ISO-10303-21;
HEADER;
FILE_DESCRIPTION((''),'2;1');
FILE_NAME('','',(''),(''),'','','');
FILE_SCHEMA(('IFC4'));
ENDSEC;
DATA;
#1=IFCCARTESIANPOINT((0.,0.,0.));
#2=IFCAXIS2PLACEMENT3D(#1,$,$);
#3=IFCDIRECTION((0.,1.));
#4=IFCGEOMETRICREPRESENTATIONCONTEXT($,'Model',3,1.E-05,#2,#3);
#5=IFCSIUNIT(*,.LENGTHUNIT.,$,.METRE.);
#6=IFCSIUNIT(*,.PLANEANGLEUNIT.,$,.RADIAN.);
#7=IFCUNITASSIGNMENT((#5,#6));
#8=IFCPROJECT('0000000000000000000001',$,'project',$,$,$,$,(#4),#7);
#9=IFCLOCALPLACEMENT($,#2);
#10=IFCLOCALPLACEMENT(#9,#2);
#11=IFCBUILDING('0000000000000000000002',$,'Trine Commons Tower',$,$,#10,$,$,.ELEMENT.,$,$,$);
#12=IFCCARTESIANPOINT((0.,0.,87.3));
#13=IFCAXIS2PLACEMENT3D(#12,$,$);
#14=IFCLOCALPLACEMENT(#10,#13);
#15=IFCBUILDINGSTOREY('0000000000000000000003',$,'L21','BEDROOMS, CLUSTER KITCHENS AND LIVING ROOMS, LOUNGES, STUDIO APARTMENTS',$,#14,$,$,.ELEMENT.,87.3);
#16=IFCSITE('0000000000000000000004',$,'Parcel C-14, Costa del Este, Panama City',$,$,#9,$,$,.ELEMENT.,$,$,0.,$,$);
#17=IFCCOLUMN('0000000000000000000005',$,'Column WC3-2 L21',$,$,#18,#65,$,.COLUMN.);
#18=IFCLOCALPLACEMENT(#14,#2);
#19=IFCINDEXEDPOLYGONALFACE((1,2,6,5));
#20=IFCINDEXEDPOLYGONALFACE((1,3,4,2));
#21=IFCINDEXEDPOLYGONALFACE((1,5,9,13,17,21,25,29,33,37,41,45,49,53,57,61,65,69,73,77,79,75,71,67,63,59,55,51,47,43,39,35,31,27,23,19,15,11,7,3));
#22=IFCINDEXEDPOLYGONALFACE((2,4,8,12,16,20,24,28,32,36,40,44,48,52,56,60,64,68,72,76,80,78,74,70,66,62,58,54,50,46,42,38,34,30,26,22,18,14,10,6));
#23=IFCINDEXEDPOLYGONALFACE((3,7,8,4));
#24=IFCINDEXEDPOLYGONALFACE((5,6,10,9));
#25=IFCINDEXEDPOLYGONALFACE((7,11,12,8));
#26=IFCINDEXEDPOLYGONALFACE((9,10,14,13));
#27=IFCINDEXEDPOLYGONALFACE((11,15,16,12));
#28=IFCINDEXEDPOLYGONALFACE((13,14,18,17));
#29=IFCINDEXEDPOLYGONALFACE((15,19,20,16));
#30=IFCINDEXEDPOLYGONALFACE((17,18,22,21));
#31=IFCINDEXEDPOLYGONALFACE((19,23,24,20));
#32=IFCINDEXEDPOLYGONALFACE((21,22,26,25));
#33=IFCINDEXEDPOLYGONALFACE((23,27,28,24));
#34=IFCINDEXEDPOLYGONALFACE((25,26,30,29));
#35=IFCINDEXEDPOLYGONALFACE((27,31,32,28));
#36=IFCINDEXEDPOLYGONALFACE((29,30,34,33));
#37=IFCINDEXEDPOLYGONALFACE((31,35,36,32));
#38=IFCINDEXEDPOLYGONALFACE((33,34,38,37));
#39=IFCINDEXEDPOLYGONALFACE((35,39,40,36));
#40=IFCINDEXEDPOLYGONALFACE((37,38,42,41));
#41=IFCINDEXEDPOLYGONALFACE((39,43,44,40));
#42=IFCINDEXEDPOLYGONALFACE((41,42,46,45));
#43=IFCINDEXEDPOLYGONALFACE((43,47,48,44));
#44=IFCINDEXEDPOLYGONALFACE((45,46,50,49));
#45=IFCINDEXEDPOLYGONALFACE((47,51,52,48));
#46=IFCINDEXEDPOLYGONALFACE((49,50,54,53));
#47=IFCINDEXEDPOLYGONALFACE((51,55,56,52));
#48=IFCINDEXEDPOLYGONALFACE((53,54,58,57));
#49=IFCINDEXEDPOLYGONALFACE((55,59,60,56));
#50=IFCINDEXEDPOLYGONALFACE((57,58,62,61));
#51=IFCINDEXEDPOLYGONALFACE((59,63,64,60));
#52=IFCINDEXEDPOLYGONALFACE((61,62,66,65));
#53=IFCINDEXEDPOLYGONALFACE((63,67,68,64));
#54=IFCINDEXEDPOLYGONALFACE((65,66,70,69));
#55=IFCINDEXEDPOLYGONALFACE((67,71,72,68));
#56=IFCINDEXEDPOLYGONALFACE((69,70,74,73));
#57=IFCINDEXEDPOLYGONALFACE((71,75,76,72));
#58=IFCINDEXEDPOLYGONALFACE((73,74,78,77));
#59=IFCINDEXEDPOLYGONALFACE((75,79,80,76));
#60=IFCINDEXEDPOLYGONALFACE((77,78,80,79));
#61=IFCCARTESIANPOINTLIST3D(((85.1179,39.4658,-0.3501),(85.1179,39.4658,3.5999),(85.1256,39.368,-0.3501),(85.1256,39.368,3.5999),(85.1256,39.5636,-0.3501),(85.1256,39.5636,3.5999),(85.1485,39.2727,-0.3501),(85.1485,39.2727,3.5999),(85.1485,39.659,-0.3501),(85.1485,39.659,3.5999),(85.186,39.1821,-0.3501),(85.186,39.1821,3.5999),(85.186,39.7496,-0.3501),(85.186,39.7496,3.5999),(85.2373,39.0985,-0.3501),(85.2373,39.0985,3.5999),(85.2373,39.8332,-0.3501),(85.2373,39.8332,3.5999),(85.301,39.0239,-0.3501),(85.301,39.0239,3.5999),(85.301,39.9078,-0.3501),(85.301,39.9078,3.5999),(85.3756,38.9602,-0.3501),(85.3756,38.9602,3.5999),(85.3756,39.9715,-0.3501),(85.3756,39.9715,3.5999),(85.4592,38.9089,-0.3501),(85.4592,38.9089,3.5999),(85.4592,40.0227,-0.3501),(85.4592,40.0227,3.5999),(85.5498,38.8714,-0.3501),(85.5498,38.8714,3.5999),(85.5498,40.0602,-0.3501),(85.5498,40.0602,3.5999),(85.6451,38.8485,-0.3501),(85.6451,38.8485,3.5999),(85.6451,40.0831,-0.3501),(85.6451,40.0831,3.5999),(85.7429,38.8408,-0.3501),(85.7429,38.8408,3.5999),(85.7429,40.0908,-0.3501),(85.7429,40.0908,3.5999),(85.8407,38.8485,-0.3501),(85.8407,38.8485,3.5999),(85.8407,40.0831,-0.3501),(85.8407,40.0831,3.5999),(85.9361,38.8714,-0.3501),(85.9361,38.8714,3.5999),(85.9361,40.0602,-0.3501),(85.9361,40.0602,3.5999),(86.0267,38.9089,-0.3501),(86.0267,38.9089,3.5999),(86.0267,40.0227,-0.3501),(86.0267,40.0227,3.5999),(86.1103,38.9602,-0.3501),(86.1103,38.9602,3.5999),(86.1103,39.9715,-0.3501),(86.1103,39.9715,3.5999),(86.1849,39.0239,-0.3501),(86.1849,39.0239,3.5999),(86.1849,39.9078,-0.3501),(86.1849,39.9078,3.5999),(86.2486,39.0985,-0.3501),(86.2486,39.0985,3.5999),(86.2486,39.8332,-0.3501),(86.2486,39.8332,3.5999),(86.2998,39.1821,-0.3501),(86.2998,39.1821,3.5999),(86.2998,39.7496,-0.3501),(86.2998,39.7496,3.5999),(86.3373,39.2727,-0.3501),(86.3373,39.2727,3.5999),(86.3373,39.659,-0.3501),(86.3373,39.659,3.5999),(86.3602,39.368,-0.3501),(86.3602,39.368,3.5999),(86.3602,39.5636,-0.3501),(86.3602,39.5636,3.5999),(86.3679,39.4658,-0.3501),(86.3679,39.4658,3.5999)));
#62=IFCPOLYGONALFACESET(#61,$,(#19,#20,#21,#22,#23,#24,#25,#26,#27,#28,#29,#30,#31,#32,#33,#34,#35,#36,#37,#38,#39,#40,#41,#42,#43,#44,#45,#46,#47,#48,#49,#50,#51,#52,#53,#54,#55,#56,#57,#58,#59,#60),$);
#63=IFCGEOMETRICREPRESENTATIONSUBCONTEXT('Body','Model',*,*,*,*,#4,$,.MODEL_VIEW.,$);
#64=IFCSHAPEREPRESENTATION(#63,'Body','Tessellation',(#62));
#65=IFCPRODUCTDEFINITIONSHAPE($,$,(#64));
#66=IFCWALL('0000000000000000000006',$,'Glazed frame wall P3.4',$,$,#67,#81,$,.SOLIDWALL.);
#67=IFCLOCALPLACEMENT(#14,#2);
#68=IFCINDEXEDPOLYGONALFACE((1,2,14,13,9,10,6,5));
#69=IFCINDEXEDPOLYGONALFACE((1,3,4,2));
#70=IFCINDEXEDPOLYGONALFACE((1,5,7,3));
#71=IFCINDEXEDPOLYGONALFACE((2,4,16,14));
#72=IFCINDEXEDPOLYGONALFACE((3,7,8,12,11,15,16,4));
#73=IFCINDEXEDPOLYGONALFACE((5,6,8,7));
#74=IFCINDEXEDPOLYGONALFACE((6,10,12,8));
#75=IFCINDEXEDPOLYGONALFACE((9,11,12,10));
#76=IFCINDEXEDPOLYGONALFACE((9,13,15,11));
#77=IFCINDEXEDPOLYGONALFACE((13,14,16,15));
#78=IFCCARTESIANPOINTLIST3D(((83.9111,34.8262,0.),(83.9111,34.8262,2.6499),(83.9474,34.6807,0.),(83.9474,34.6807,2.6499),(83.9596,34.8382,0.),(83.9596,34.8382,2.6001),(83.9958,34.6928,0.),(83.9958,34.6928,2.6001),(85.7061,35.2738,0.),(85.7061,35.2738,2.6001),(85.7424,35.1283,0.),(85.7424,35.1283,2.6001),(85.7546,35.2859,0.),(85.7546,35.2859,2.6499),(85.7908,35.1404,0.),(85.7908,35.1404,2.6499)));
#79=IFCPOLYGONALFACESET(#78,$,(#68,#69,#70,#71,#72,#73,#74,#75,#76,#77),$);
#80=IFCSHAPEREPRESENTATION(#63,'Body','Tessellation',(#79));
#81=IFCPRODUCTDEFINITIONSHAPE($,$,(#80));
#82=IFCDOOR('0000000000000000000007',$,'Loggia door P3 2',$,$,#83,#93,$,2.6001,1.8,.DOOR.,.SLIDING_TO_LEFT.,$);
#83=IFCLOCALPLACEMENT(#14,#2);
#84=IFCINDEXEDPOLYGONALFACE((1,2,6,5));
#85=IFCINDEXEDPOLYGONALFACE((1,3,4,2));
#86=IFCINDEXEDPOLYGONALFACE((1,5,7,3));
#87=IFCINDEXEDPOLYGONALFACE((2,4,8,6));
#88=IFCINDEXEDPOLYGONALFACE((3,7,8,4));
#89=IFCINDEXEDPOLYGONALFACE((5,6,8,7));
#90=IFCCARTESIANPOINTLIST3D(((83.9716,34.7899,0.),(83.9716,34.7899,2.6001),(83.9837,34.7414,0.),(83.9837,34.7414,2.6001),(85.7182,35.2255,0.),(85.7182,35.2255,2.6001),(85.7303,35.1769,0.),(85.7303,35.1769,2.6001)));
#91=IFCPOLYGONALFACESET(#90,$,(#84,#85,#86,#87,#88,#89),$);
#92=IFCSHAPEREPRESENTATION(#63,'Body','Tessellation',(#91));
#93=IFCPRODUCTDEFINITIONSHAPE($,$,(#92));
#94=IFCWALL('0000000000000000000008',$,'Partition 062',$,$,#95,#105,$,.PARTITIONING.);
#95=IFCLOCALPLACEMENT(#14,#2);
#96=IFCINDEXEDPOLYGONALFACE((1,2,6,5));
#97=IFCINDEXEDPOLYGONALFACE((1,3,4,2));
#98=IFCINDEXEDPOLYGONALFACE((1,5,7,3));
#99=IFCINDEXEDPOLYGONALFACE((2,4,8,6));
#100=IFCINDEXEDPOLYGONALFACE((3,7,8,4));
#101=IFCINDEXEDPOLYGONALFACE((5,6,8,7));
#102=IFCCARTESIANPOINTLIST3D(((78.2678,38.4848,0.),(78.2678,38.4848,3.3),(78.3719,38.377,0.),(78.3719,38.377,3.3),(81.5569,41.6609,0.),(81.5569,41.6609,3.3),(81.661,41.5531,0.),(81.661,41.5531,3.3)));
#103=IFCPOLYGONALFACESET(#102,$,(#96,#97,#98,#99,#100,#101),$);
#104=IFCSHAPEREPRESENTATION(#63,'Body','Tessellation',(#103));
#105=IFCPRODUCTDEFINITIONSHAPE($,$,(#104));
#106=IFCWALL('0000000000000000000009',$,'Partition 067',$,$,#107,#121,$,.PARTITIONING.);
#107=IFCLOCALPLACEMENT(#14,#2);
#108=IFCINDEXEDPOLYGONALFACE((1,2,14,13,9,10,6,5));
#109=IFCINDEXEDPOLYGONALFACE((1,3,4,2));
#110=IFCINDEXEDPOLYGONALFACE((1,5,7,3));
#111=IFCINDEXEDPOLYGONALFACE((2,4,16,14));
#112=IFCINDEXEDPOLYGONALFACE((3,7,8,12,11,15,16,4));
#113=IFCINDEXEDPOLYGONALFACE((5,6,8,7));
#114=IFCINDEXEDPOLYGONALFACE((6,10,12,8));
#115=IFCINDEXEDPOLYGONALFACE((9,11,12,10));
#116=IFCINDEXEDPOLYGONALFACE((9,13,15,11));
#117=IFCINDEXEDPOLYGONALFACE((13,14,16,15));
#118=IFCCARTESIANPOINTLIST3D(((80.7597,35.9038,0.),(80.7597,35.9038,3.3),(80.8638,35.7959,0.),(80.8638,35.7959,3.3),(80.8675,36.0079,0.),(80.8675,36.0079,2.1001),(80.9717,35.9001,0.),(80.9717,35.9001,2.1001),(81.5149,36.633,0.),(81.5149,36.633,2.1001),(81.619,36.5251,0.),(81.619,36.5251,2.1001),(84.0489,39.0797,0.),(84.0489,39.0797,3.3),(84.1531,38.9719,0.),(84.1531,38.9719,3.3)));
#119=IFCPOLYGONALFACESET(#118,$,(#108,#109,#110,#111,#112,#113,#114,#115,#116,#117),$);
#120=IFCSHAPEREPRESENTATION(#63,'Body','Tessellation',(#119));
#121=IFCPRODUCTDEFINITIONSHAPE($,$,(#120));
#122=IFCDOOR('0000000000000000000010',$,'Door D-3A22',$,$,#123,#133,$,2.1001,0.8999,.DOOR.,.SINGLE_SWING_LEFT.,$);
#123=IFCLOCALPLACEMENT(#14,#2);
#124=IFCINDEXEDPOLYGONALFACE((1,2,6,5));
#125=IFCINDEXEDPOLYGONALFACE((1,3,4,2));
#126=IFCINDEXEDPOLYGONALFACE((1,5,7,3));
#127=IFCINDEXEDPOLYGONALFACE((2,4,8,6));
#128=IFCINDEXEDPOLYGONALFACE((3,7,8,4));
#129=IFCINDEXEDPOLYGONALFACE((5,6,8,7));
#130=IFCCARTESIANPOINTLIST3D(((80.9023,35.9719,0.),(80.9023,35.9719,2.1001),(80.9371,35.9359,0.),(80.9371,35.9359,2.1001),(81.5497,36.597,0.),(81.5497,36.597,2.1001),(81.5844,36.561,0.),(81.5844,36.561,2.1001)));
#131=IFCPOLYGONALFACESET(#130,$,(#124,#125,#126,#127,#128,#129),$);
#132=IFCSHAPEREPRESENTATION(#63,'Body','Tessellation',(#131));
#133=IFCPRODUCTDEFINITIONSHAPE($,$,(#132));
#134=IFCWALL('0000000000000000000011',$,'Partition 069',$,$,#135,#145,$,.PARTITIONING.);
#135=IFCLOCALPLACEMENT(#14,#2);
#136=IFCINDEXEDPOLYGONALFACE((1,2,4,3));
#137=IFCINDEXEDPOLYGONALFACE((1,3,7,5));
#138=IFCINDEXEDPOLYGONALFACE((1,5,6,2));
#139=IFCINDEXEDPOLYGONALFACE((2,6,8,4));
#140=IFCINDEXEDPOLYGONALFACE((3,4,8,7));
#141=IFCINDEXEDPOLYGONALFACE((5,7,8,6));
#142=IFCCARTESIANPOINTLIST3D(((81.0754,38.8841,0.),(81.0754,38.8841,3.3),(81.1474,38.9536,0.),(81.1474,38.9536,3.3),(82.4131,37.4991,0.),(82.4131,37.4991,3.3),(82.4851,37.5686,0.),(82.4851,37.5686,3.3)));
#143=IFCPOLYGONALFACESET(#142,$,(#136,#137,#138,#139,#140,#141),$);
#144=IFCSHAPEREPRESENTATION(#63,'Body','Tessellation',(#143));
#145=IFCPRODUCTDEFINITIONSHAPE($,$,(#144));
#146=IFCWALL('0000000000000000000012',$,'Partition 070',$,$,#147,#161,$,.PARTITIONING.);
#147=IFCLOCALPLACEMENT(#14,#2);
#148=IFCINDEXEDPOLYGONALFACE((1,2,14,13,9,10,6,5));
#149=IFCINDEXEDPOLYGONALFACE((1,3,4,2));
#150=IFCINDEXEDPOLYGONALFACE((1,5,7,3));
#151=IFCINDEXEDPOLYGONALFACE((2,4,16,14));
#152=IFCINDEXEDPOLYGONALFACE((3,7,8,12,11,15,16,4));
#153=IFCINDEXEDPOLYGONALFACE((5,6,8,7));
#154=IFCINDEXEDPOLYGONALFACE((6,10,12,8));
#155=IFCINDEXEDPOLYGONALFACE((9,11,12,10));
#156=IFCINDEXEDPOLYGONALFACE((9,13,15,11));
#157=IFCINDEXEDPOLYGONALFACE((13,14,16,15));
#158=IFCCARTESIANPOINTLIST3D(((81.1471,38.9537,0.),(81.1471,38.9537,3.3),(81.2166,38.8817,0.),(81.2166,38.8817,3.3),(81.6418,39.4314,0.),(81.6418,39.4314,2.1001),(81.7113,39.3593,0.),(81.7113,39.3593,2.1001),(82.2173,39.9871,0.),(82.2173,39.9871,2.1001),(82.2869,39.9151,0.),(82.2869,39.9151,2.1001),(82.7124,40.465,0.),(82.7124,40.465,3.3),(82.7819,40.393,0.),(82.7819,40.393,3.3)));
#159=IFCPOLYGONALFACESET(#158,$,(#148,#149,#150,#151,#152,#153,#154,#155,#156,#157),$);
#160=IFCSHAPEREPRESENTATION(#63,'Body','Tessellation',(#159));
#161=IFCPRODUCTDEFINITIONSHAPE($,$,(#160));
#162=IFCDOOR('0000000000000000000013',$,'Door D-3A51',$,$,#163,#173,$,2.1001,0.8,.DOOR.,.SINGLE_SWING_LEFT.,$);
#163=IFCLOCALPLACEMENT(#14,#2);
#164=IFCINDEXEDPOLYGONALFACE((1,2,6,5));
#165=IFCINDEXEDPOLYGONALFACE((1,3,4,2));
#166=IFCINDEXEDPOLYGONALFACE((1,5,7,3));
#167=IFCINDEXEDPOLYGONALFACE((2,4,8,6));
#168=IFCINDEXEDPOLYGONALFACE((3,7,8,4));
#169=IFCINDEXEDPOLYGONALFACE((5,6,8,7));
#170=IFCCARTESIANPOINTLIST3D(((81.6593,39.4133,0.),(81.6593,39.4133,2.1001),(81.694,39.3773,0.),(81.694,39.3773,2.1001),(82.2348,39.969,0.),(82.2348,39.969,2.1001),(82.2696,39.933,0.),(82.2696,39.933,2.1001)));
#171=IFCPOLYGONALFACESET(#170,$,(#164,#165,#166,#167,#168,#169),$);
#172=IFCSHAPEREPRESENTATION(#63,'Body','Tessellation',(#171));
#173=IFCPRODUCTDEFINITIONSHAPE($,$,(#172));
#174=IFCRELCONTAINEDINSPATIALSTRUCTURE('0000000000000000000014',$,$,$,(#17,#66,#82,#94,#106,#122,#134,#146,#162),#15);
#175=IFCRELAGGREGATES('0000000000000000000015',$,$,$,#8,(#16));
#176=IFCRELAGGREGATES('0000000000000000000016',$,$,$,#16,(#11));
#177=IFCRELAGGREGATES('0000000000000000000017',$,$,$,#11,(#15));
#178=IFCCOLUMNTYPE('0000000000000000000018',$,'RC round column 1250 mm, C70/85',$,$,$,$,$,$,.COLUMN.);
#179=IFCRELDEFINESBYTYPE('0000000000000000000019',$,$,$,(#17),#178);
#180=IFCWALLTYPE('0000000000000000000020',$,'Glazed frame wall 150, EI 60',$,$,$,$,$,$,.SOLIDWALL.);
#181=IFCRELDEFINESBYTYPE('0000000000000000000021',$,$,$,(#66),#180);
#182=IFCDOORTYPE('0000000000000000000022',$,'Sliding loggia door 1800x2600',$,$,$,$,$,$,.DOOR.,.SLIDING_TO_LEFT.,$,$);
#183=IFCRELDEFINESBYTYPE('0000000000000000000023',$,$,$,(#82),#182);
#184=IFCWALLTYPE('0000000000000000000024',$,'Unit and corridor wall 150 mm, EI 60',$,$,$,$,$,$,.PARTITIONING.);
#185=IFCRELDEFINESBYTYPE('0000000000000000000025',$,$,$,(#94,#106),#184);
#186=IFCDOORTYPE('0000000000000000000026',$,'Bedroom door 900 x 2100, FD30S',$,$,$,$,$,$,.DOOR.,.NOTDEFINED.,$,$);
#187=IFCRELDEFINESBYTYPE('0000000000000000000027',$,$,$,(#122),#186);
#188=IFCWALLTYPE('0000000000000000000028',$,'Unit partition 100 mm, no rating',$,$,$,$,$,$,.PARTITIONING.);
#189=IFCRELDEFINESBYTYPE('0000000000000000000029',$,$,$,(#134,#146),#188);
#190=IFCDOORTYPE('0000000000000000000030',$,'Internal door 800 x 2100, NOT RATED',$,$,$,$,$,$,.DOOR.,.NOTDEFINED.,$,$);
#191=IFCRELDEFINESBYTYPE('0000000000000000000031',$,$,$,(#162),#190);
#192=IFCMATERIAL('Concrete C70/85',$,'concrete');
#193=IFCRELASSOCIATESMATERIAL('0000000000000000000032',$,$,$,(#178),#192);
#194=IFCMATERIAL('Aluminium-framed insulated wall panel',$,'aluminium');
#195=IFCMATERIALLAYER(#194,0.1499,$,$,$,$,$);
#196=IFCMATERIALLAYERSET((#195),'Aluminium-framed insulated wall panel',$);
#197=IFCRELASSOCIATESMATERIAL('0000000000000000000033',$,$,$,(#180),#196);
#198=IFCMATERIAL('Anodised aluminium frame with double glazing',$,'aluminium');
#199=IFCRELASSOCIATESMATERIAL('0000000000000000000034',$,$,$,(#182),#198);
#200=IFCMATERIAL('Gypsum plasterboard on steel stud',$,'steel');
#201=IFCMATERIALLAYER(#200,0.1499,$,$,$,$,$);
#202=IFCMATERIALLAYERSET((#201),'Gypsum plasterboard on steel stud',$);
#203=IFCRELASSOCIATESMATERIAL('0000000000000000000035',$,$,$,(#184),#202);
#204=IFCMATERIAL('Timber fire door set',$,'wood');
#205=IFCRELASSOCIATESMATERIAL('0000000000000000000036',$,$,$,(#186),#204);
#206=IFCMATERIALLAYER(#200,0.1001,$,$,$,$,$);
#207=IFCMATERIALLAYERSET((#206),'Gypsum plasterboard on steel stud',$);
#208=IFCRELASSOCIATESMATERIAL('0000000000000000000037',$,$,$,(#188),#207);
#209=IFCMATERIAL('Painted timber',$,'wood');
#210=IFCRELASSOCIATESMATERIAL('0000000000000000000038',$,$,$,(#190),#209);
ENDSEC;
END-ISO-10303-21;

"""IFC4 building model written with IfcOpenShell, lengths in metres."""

from ifc_helpers import new_model, si_unit, direction, frame, frame_2d, origin, origin_2d, place, context, subcontext, project, spatial, polyline, rectangle, circle, outline, extrude, material, layer, layer_set, material_profile, profile_set, type_object, element, fill, save


model = new_model("IFC4")

# Units and contexts
model_context = context("Model", 3, precision=1e-05, world=origin(), true_north=direction((0.0, 1.0)))
body_context = subcontext(model_context, "Body", "Model", "MODEL_VIEW")
ifc_project = project(units=[si_unit("LENGTHUNIT", "METRE"), si_unit("PLANEANGLEUNIT", "RADIAN")], contexts=[model_context])

# Site, building, storey
site_placement = place(None, origin())
site = spatial("IfcSite", under=ifc_project, at=site_placement, Name="Parcel C-14, Costa del Este, Panama City", CompositionType="ELEMENT", RefElevation=0.0)
building_placement = place(site_placement, origin())
building = spatial("IfcBuilding", under=site, at=building_placement, Name="Trine Commons Tower", CompositionType="ELEMENT")
storey_placement = place(building_placement, frame((0.0, 0.0, 87.3)))
storey = spatial("IfcBuildingStorey", under=building, at=storey_placement, Name="L21", Description="BEDROOMS, CLUSTER KITCHENS AND LIVING ROOMS, LOUNGES, STUDIO APARTMENTS", CompositionType="ELEMENT", Elevation=87.3)

# Column
ifc_material_1 = material(Name="Concrete C70/85", Category="concrete")
ifc_material_profile = material_profile(ifc_material_1, circle(Radius=0.625, at=origin_2d()), Name="RC round 1250")
ifc_profile_set = profile_set([ifc_material_profile], Name="Concrete C70/85")
column_type = type_object("IfcColumnType", Name="RC round column 1250 mm, C70/85", PredefinedType="COLUMN", material=ifc_profile_set)
column_placement = place(storey_placement, frame((85.7429, 39.4658, -0.3501), z_axis=(0.0, 0.0, 1.0), x_axis=(1.0, 0.0, 0.0)))
element("IfcColumn", 1, at=column_placement, inside=storey, type_object=column_type, Name="Column WC3-2 L21", PredefinedType="COLUMN", context=body_context, shape_type="SweptSolid", body=[
    extrude(circle(Radius=0.625, at=origin_2d()), origin(), (0.0, 0.0, 1.0), 3.95),
])

# Wall, opening, door
ifc_material_2 = material(Name="Aluminium-framed insulated wall panel", Category="aluminium")
ifc_layer_1 = layer(ifc_material_2, 0.1499)
ifc_layer_set_1 = layer_set([ifc_layer_1], Name="Aluminium-framed insulated wall panel")
wall_type_1 = type_object("IfcWallType", Name="Glazed frame wall 150, EI 60", PredefinedType="SOLIDWALL", material=ifc_layer_set_1)
wall_1_placement = place(storey_placement, frame((85.7727, 35.2131, 0.0), z_axis=(0.0, 0.0, 1.0), x_axis=(-0.970286, -0.241961, 0.0)))
wall_1 = element("IfcWall", 2, at=wall_1_placement, inside=storey, type_object=wall_type_1, Name="Glazed frame wall P3.4", PredefinedType="SOLIDWALL", context=body_context, shape_type="SweptSolid", body=[
    extrude(outline(polyline([(0.0, -0.075), (1.8999, -0.075), (1.8999, 0.075), (0.0, 0.075), (0.0, -0.075)])), origin(), (0.0, 0.0, 1.0), 2.6499),
])
opening_1_placement = place(wall_1_placement, frame((0.05, 0.0, 0.0)))
opening_1 = element("IfcOpeningElement", 3, at=opening_1_placement, cuts=wall_1, PredefinedType="OPENING", context=body_context, shape_type="SweptSolid", body=[
    extrude(rectangle(XDim=1.8, YDim=2.6001, at=frame_2d((0.8999, 1.3))), frame((0.0, 0.085, 0.0), z_axis=(0.0, -1.0, 0.0), x_axis=(1.0, 0.0, 0.0)), (0.0, 0.0, 1.0), 0.1699),
])
ifc_material_3 = material(Name="Anodised aluminium frame with double glazing", Category="aluminium")
door_type_1 = type_object("IfcDoorType", Name="Sliding loggia door 1800x2600", OperationType="SLIDING_TO_LEFT", PredefinedType="DOOR", material=ifc_material_3)
door_1_placement = place(opening_1_placement, origin())
door_1 = element("IfcDoor", 4, at=door_1_placement, inside=storey, type_object=door_type_1, Name="Loggia door P3 2", OperationType="SLIDING_TO_LEFT", OverallHeight=2.6001, OverallWidth=1.8, PredefinedType="DOOR", context=body_context, shape_type="SweptSolid", body=[
    extrude(rectangle(XDim=1.8, YDim=2.6001, at=frame_2d((0.8999, 1.3))), frame((0.0, 0.0249, 0.0), z_axis=(0.0, -1.0, 0.0), x_axis=(1.0, 0.0, 0.0)), (0.0, 0.0, 1.0), 0.05),
])
fill(opening_1, door_1)

# Wall
ifc_material_4 = material(Name="Gypsum plasterboard on steel stud", Category="steel")
ifc_layer_2 = layer(ifc_material_4, 0.1499)
ifc_layer_set_2 = layer_set([ifc_layer_2], Name="Gypsum plasterboard on steel stud")
wall_type_2 = type_object("IfcWallType", Name="Unit and corridor wall 150 mm, EI 60", PredefinedType="PARTITIONING", material=ifc_layer_set_2)
wall_2_placement = place(storey_placement, frame((78.3198, 38.4309, 0.0), z_axis=(0.0, 0.0, 1.0), x_axis=(0.71936, 0.694637, 0.0)))
element("IfcWall", 5, at=wall_2_placement, inside=storey, type_object=wall_type_2, Name="Partition 062", PredefinedType="PARTITIONING", context=body_context, shape_type="SweptSolid", body=[
    extrude(rectangle(XDim=4.5723, YDim=0.1499, at=frame_2d((2.2861, 0.0))), origin(), (0.0, 0.0, 1.0), 3.3),
])

# Wall, opening, door
wall_3_placement = place(storey_placement, frame((80.8118, 35.8499, 0.0), z_axis=(0.0, 0.0, 1.0), x_axis=(0.719386, 0.694611, 0.0)))
wall_3 = element("IfcWall", 6, at=wall_3_placement, inside=storey, type_object=wall_type_2, Name="Partition 067", PredefinedType="PARTITIONING", context=body_context, shape_type="SweptSolid", body=[
    extrude(rectangle(XDim=4.5723, YDim=0.1499, at=frame_2d((2.2861, 0.0))), origin(), (0.0, 0.0, 1.0), 3.3),
])
opening_2_placement = place(wall_3_placement, frame((0.1499, 0.0, 0.0)))
opening_2 = element("IfcOpeningElement", 7, at=opening_2_placement, cuts=wall_3, PredefinedType="OPENING", context=body_context, shape_type="SweptSolid", body=[
    extrude(rectangle(XDim=0.8999, YDim=2.1001, at=frame_2d((0.45, 1.05))), frame((0.0, 0.085, 0.0), z_axis=(0.0, -1.0, 0.0), x_axis=(1.0, 0.0, 0.0)), (0.0, 0.0, 1.0), 0.1699),
])
ifc_material_5 = material(Name="Timber fire door set", Category="wood")
door_type_2 = type_object("IfcDoorType", Name="Bedroom door 900 x 2100, FD30S", OperationType="NOTDEFINED", PredefinedType="DOOR", material=ifc_material_5)
door_2_placement = place(opening_2_placement, origin())
door_2 = element("IfcDoor", 8, at=door_2_placement, inside=storey, type_object=door_type_2, Name="Door D-3A22", OperationType="SINGLE_SWING_LEFT", OverallHeight=2.1001, OverallWidth=0.8999, PredefinedType="DOOR", context=body_context, shape_type="SweptSolid", body=[
    extrude(rectangle(XDim=0.8999, YDim=2.1001, at=frame_2d((0.45, 1.05))), frame((0.0, 0.0249, 0.0), z_axis=(0.0, -1.0, 0.0), x_axis=(1.0, 0.0, 0.0)), (0.0, 0.0, 1.0), 0.05),
])
fill(opening_2, door_2)

# Wall
ifc_layer_3 = layer(ifc_material_4, 0.1001)
ifc_layer_set_3 = layer_set([ifc_layer_3], Name="Gypsum plasterboard on steel stud")
wall_type_3 = type_object("IfcWallType", Name="Unit partition 100 mm, no rating", PredefinedType="PARTITIONING", material=ifc_layer_set_3)
wall_4_placement = place(storey_placement, frame((81.1113, 38.9189, 0.0), z_axis=(0.0, 0.0, 1.0), x_axis=(0.694701, -0.719299, 0.0)))
element("IfcWall", 9, at=wall_4_placement, inside=storey, type_object=wall_type_3, Name="Partition 069", PredefinedType="PARTITIONING", context=body_context, shape_type="SweptSolid", body=[
    extrude(rectangle(XDim=1.9255, YDim=0.1001, at=frame_2d((0.9629, 0.0))), origin(), (0.0, 0.0, 1.0), 3.3),
])

# Wall, opening, door
wall_5_placement = place(storey_placement, frame((81.1819, 38.9177, 0.0), z_axis=(0.0, 0.0, 1.0), x_axis=(0.719398, 0.694599, 0.0)))
wall_5 = element("IfcWall", 10, at=wall_5_placement, inside=storey, type_object=wall_type_3, Name="Partition 070", PredefinedType="PARTITIONING", context=body_context, shape_type="SweptSolid", body=[
    extrude(rectangle(XDim=2.1758, YDim=0.1001, at=frame_2d((1.0879, 0.0))), origin(), (0.0, 0.0, 1.0), 3.3),
])
opening_3_placement = place(wall_5_placement, frame((0.6877, 0.0, 0.0)))
opening_3 = element("IfcOpeningElement", 11, at=opening_3_placement, cuts=wall_5, PredefinedType="OPENING", context=body_context, shape_type="SweptSolid", body=[
    extrude(rectangle(XDim=0.8, YDim=2.1001, at=frame_2d((0.3999, 1.05))), frame((0.0, 0.0601, 0.0), z_axis=(0.0, -1.0, 0.0), x_axis=(1.0, 0.0, 0.0)), (0.0, 0.0, 1.0), 0.1201),
])
ifc_material_6 = material(Name="Painted timber", Category="wood")
door_type_3 = type_object("IfcDoorType", Name="Internal door 800 x 2100, NOT RATED", OperationType="NOTDEFINED", PredefinedType="DOOR", material=ifc_material_6)
door_3_placement = place(opening_3_placement, origin())
door_3 = element("IfcDoor", 12, at=door_3_placement, inside=storey, type_object=door_type_3, Name="Door D-3A51", OperationType="SINGLE_SWING_LEFT", OverallHeight=2.1001, OverallWidth=0.8, PredefinedType="DOOR", context=body_context, shape_type="SweptSolid", body=[
    extrude(rectangle(XDim=0.8, YDim=2.1001, at=frame_2d((0.3999, 1.05))), frame((0.0, 0.0249, 0.0), z_axis=(0.0, -1.0, 0.0), x_axis=(1.0, 0.0, 0.0)), (0.0, 0.0, 1.0), 0.05),
])
fill(opening_3, door_3)

save(model, "model.ifc")
